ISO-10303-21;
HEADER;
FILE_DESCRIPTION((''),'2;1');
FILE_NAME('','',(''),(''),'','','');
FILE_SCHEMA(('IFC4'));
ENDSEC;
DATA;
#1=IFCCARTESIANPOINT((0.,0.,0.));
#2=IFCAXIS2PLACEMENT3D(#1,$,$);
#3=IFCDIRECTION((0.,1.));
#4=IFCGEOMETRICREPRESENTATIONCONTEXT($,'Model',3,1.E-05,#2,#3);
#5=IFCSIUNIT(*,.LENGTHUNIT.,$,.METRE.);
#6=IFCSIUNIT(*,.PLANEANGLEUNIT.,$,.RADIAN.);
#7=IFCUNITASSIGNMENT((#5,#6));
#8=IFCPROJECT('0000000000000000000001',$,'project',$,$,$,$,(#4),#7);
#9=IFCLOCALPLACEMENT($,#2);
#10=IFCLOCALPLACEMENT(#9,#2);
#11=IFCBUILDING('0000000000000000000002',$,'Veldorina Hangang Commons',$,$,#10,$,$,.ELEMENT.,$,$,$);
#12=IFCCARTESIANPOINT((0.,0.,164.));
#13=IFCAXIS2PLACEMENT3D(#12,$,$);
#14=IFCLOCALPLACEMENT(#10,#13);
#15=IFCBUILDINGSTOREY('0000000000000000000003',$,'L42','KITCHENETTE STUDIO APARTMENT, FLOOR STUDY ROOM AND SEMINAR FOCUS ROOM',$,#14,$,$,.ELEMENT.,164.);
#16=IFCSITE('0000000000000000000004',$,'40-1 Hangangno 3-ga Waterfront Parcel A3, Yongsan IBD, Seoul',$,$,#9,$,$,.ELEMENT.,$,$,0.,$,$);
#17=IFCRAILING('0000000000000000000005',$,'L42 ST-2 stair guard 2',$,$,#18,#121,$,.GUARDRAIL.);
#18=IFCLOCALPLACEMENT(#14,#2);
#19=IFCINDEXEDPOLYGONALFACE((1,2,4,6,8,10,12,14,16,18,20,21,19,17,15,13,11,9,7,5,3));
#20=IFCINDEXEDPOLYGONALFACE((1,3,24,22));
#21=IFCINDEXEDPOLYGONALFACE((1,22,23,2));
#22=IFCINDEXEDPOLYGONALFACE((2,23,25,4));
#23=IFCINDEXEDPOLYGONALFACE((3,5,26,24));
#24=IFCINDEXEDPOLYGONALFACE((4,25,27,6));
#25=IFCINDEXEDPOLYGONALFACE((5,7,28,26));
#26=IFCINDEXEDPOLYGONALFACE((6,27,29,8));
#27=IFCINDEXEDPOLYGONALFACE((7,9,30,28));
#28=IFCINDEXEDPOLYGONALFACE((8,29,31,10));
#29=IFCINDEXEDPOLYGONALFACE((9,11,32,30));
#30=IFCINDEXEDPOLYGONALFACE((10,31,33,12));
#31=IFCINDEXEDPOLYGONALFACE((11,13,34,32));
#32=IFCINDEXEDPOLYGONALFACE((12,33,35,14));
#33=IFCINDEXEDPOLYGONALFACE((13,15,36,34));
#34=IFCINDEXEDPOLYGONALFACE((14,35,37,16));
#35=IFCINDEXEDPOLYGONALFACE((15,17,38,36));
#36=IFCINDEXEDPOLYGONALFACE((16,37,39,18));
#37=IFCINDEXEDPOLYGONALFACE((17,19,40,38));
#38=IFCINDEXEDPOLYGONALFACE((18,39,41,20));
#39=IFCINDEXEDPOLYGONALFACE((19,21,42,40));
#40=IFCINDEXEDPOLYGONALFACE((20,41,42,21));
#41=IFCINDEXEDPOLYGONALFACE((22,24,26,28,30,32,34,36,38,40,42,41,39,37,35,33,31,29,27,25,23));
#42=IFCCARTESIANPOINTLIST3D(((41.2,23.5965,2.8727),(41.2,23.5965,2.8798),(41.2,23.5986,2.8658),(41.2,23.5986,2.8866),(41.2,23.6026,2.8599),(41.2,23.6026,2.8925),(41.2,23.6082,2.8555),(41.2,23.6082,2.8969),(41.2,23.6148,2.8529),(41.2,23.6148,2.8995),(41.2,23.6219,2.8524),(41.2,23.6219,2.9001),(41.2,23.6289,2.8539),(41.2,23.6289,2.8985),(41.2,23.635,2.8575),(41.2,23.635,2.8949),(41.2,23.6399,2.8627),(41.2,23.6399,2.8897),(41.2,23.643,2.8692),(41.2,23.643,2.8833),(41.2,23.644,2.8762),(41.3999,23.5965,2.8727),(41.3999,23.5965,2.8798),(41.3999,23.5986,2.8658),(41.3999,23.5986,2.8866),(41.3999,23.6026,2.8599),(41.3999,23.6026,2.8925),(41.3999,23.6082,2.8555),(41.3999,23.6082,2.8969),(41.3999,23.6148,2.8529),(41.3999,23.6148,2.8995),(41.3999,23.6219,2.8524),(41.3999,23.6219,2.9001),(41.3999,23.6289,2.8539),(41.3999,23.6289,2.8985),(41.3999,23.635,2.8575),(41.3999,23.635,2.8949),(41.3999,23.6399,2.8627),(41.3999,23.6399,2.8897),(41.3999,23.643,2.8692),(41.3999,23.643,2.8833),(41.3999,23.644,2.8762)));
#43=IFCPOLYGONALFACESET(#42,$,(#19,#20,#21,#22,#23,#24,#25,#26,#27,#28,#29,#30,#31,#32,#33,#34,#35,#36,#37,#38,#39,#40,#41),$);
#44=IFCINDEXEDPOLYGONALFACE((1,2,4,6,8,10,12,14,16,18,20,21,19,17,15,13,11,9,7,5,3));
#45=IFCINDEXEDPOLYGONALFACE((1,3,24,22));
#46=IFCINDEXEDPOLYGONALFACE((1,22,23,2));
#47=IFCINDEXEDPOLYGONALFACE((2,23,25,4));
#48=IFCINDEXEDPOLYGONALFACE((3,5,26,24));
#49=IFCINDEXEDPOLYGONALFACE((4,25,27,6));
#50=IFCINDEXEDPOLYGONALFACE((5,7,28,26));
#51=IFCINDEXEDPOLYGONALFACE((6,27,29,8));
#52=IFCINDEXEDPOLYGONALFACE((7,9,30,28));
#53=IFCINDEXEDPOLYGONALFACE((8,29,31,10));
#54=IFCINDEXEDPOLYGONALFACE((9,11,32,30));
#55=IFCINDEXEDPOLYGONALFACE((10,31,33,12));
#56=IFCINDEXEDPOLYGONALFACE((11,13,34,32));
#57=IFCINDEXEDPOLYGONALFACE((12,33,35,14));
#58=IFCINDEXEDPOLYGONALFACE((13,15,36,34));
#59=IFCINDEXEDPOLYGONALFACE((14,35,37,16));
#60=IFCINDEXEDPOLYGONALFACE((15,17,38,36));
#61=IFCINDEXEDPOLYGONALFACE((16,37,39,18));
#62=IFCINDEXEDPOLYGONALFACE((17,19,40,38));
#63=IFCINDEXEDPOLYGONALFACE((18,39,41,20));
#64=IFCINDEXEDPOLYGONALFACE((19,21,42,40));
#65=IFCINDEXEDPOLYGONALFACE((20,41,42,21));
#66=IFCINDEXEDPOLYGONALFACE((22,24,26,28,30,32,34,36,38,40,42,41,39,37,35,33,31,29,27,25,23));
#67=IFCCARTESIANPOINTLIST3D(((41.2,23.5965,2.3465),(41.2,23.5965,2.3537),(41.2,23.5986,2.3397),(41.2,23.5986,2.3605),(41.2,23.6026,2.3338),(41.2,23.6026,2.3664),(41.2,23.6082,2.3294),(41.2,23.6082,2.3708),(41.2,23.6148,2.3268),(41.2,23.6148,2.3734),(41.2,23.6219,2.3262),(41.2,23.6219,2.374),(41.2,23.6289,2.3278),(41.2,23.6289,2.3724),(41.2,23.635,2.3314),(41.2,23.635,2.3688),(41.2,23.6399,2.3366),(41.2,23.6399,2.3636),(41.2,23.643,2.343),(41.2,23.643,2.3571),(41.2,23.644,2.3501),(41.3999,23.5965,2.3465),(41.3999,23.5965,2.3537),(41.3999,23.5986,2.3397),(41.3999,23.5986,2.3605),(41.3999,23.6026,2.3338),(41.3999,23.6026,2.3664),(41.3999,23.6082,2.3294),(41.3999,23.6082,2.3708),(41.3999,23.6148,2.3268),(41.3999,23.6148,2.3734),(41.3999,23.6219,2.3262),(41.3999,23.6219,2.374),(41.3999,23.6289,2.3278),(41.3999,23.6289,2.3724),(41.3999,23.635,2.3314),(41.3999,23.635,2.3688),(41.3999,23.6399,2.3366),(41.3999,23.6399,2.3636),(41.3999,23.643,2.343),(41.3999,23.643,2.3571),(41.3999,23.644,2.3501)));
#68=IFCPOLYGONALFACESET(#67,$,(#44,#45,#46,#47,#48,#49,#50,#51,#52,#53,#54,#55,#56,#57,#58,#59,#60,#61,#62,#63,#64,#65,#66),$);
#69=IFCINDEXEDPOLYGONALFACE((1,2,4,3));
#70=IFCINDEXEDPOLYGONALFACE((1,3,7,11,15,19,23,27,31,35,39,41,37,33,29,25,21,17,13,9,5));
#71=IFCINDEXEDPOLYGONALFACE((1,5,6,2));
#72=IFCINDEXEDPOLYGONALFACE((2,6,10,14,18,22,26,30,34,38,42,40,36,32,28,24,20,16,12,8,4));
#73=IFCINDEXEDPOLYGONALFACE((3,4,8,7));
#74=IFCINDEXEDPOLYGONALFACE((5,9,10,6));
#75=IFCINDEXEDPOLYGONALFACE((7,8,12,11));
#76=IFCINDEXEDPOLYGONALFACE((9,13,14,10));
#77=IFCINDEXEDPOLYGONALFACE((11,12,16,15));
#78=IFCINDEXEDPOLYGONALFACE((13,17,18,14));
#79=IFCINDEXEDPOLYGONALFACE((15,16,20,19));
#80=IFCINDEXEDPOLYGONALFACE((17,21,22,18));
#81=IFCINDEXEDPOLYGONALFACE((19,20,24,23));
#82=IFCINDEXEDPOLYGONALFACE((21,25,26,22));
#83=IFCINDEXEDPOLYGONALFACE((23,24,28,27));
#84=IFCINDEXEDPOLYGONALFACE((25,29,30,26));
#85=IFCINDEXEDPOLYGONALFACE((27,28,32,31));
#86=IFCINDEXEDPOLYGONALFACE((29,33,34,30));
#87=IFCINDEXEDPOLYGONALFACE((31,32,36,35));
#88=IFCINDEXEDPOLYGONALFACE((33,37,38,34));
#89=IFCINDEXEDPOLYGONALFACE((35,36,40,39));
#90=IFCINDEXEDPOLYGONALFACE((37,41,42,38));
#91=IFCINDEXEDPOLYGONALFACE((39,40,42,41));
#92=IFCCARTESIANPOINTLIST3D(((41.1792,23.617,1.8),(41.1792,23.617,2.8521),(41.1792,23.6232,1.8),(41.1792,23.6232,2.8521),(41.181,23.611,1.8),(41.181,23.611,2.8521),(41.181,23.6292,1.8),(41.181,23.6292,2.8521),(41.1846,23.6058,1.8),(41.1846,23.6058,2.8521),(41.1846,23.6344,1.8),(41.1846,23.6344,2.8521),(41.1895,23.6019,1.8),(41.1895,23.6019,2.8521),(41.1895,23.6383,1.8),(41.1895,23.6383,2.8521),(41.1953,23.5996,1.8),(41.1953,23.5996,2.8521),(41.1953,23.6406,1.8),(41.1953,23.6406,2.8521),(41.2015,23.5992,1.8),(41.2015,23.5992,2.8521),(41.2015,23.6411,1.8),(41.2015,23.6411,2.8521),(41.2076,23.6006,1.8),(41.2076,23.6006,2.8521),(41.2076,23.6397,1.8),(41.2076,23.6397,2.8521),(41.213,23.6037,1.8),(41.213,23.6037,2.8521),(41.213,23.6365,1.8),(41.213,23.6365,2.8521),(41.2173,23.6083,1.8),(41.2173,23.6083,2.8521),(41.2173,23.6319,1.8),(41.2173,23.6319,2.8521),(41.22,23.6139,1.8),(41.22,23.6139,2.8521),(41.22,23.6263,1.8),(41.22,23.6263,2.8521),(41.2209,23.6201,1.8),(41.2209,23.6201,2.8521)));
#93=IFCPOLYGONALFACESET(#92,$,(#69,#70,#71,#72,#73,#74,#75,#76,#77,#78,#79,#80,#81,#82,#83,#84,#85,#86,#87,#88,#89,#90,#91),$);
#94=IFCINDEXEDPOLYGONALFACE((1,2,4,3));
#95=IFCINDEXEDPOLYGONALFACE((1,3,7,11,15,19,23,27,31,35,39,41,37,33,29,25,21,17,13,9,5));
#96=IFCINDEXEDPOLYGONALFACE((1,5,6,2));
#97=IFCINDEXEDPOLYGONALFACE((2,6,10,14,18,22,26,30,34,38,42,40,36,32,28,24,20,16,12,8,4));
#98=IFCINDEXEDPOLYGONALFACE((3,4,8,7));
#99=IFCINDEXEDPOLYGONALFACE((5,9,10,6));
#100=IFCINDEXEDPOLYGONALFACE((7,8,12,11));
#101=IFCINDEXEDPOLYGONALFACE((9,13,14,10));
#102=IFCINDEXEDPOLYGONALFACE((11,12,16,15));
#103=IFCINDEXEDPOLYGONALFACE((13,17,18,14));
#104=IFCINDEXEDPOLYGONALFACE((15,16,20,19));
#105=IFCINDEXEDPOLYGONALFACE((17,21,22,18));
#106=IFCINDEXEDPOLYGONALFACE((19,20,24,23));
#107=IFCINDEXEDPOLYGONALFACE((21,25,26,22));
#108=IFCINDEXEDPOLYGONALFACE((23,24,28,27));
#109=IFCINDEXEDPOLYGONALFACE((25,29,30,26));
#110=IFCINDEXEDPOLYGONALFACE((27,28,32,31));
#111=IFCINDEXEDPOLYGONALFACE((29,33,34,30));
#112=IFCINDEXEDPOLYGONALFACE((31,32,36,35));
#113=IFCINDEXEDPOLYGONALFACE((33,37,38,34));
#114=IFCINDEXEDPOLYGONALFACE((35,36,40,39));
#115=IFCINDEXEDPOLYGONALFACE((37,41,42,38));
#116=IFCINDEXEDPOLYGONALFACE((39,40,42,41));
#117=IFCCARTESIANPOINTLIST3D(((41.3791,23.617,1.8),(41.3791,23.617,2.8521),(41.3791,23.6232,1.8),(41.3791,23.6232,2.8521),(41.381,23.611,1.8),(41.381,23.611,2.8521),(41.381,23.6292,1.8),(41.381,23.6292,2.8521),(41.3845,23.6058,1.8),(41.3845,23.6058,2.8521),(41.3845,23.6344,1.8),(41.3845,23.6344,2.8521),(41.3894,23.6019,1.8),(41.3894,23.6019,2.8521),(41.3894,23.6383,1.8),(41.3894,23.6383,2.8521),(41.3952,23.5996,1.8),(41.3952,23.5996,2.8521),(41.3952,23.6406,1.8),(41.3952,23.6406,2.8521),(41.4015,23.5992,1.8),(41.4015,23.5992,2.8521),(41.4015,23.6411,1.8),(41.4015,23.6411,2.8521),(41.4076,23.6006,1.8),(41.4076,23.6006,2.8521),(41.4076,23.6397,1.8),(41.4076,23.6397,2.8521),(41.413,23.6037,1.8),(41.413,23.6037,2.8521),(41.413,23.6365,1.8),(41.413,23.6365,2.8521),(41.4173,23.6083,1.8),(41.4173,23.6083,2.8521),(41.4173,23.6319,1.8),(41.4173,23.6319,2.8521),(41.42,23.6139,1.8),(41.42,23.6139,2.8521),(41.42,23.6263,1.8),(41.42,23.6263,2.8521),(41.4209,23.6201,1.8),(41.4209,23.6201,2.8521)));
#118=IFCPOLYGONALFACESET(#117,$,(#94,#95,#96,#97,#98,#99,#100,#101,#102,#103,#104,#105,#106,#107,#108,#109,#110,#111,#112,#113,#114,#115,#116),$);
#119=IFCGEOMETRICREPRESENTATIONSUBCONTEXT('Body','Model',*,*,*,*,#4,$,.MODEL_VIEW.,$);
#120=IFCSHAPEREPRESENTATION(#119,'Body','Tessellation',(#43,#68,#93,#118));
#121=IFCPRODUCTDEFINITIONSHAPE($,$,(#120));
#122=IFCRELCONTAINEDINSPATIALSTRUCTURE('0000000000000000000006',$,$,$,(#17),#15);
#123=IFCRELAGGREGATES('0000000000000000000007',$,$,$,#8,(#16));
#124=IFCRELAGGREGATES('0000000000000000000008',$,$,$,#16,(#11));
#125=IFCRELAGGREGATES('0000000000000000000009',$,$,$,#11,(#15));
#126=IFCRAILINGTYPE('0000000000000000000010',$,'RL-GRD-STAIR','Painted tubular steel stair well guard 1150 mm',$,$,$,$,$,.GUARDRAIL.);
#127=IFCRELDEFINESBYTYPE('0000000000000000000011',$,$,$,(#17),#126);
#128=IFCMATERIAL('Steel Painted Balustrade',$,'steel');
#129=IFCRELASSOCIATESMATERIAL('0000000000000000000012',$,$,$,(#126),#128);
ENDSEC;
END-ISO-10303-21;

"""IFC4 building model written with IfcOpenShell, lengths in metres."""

from ifc_helpers import new_model, si_unit, direction, frame, origin, origin_2d, place, context, subcontext, project, spatial, circle, extrude, material, type_object, element, save


model = new_model("IFC4")

# Units and contexts
model_context = context("Model", 3, precision=1e-05, world=origin(), true_north=direction((0.0, 1.0)))
body_context = subcontext(model_context, "Body", "Model", "MODEL_VIEW")
ifc_project = project(units=[si_unit("LENGTHUNIT", "METRE"), si_unit("PLANEANGLEUNIT", "RADIAN")], contexts=[model_context])

# Site, building, storey
site_placement = place(None, origin())
site = spatial("IfcSite", under=ifc_project, at=site_placement, Name="40-1 Hangangno 3-ga Waterfront Parcel A3, Yongsan IBD, Seoul", CompositionType="ELEMENT", RefElevation=0.0)
building_placement = place(site_placement, origin())
building = spatial("IfcBuilding", under=site, at=building_placement, Name="Veldorina Hangang Commons", CompositionType="ELEMENT")
storey_placement = place(building_placement, frame((0.0, 0.0, 164.0)))
storey = spatial("IfcBuildingStorey", under=building, at=storey_placement, Name="L42", Description="KITCHENETTE STUDIO APARTMENT, FLOOR STUDY ROOM AND SEMINAR FOCUS ROOM", CompositionType="ELEMENT", Elevation=164.0)

# Railing
ifc_material_1 = material(Name="Steel Painted Balustrade", Category="steel")
railing_type_1 = type_object("IfcRailingType", Name="RL-GRD-STAIR", Description="Painted tubular steel stair well guard 1150 mm", PredefinedType="GUARDRAIL", material=ifc_material_1)
railing_1_placement = place(storey_placement, frame((41.2, 23.6201, 1.8)))
element("IfcRailing", 1, at=railing_1_placement, inside=storey, type_object=railing_type_1, Name="L42 ST-2 stair guard 2", PredefinedType="GUARDRAIL", context=body_context, shape_type="SweptSolid", body=[
    extrude(circle(Radius=0.0239, at=origin_2d()), frame((0.0, 0.0, 1.0762), z_axis=(1.0, 0.0, 0.0), x_axis=(0.0, 1.0, 0.0)), (0.0, 0.0, 1.0), 0.2),
    extrude(circle(Radius=0.0239, at=origin_2d()), frame((0.0, 0.0, 0.55), z_axis=(1.0, 0.0, 0.0), x_axis=(0.0, 1.0, 0.0)), (0.0, 0.0, 1.0), 0.2),
    extrude(circle(Radius=0.021, at=origin_2d()), origin(), (0.0, 0.0, 1.0), 1.052),
    extrude(circle(Radius=0.021, at=origin_2d()), frame((0.2, 0.0, 0.0)), (0.0, 0.0, 1.0), 1.052),
])

save(model, "model.ifc")
